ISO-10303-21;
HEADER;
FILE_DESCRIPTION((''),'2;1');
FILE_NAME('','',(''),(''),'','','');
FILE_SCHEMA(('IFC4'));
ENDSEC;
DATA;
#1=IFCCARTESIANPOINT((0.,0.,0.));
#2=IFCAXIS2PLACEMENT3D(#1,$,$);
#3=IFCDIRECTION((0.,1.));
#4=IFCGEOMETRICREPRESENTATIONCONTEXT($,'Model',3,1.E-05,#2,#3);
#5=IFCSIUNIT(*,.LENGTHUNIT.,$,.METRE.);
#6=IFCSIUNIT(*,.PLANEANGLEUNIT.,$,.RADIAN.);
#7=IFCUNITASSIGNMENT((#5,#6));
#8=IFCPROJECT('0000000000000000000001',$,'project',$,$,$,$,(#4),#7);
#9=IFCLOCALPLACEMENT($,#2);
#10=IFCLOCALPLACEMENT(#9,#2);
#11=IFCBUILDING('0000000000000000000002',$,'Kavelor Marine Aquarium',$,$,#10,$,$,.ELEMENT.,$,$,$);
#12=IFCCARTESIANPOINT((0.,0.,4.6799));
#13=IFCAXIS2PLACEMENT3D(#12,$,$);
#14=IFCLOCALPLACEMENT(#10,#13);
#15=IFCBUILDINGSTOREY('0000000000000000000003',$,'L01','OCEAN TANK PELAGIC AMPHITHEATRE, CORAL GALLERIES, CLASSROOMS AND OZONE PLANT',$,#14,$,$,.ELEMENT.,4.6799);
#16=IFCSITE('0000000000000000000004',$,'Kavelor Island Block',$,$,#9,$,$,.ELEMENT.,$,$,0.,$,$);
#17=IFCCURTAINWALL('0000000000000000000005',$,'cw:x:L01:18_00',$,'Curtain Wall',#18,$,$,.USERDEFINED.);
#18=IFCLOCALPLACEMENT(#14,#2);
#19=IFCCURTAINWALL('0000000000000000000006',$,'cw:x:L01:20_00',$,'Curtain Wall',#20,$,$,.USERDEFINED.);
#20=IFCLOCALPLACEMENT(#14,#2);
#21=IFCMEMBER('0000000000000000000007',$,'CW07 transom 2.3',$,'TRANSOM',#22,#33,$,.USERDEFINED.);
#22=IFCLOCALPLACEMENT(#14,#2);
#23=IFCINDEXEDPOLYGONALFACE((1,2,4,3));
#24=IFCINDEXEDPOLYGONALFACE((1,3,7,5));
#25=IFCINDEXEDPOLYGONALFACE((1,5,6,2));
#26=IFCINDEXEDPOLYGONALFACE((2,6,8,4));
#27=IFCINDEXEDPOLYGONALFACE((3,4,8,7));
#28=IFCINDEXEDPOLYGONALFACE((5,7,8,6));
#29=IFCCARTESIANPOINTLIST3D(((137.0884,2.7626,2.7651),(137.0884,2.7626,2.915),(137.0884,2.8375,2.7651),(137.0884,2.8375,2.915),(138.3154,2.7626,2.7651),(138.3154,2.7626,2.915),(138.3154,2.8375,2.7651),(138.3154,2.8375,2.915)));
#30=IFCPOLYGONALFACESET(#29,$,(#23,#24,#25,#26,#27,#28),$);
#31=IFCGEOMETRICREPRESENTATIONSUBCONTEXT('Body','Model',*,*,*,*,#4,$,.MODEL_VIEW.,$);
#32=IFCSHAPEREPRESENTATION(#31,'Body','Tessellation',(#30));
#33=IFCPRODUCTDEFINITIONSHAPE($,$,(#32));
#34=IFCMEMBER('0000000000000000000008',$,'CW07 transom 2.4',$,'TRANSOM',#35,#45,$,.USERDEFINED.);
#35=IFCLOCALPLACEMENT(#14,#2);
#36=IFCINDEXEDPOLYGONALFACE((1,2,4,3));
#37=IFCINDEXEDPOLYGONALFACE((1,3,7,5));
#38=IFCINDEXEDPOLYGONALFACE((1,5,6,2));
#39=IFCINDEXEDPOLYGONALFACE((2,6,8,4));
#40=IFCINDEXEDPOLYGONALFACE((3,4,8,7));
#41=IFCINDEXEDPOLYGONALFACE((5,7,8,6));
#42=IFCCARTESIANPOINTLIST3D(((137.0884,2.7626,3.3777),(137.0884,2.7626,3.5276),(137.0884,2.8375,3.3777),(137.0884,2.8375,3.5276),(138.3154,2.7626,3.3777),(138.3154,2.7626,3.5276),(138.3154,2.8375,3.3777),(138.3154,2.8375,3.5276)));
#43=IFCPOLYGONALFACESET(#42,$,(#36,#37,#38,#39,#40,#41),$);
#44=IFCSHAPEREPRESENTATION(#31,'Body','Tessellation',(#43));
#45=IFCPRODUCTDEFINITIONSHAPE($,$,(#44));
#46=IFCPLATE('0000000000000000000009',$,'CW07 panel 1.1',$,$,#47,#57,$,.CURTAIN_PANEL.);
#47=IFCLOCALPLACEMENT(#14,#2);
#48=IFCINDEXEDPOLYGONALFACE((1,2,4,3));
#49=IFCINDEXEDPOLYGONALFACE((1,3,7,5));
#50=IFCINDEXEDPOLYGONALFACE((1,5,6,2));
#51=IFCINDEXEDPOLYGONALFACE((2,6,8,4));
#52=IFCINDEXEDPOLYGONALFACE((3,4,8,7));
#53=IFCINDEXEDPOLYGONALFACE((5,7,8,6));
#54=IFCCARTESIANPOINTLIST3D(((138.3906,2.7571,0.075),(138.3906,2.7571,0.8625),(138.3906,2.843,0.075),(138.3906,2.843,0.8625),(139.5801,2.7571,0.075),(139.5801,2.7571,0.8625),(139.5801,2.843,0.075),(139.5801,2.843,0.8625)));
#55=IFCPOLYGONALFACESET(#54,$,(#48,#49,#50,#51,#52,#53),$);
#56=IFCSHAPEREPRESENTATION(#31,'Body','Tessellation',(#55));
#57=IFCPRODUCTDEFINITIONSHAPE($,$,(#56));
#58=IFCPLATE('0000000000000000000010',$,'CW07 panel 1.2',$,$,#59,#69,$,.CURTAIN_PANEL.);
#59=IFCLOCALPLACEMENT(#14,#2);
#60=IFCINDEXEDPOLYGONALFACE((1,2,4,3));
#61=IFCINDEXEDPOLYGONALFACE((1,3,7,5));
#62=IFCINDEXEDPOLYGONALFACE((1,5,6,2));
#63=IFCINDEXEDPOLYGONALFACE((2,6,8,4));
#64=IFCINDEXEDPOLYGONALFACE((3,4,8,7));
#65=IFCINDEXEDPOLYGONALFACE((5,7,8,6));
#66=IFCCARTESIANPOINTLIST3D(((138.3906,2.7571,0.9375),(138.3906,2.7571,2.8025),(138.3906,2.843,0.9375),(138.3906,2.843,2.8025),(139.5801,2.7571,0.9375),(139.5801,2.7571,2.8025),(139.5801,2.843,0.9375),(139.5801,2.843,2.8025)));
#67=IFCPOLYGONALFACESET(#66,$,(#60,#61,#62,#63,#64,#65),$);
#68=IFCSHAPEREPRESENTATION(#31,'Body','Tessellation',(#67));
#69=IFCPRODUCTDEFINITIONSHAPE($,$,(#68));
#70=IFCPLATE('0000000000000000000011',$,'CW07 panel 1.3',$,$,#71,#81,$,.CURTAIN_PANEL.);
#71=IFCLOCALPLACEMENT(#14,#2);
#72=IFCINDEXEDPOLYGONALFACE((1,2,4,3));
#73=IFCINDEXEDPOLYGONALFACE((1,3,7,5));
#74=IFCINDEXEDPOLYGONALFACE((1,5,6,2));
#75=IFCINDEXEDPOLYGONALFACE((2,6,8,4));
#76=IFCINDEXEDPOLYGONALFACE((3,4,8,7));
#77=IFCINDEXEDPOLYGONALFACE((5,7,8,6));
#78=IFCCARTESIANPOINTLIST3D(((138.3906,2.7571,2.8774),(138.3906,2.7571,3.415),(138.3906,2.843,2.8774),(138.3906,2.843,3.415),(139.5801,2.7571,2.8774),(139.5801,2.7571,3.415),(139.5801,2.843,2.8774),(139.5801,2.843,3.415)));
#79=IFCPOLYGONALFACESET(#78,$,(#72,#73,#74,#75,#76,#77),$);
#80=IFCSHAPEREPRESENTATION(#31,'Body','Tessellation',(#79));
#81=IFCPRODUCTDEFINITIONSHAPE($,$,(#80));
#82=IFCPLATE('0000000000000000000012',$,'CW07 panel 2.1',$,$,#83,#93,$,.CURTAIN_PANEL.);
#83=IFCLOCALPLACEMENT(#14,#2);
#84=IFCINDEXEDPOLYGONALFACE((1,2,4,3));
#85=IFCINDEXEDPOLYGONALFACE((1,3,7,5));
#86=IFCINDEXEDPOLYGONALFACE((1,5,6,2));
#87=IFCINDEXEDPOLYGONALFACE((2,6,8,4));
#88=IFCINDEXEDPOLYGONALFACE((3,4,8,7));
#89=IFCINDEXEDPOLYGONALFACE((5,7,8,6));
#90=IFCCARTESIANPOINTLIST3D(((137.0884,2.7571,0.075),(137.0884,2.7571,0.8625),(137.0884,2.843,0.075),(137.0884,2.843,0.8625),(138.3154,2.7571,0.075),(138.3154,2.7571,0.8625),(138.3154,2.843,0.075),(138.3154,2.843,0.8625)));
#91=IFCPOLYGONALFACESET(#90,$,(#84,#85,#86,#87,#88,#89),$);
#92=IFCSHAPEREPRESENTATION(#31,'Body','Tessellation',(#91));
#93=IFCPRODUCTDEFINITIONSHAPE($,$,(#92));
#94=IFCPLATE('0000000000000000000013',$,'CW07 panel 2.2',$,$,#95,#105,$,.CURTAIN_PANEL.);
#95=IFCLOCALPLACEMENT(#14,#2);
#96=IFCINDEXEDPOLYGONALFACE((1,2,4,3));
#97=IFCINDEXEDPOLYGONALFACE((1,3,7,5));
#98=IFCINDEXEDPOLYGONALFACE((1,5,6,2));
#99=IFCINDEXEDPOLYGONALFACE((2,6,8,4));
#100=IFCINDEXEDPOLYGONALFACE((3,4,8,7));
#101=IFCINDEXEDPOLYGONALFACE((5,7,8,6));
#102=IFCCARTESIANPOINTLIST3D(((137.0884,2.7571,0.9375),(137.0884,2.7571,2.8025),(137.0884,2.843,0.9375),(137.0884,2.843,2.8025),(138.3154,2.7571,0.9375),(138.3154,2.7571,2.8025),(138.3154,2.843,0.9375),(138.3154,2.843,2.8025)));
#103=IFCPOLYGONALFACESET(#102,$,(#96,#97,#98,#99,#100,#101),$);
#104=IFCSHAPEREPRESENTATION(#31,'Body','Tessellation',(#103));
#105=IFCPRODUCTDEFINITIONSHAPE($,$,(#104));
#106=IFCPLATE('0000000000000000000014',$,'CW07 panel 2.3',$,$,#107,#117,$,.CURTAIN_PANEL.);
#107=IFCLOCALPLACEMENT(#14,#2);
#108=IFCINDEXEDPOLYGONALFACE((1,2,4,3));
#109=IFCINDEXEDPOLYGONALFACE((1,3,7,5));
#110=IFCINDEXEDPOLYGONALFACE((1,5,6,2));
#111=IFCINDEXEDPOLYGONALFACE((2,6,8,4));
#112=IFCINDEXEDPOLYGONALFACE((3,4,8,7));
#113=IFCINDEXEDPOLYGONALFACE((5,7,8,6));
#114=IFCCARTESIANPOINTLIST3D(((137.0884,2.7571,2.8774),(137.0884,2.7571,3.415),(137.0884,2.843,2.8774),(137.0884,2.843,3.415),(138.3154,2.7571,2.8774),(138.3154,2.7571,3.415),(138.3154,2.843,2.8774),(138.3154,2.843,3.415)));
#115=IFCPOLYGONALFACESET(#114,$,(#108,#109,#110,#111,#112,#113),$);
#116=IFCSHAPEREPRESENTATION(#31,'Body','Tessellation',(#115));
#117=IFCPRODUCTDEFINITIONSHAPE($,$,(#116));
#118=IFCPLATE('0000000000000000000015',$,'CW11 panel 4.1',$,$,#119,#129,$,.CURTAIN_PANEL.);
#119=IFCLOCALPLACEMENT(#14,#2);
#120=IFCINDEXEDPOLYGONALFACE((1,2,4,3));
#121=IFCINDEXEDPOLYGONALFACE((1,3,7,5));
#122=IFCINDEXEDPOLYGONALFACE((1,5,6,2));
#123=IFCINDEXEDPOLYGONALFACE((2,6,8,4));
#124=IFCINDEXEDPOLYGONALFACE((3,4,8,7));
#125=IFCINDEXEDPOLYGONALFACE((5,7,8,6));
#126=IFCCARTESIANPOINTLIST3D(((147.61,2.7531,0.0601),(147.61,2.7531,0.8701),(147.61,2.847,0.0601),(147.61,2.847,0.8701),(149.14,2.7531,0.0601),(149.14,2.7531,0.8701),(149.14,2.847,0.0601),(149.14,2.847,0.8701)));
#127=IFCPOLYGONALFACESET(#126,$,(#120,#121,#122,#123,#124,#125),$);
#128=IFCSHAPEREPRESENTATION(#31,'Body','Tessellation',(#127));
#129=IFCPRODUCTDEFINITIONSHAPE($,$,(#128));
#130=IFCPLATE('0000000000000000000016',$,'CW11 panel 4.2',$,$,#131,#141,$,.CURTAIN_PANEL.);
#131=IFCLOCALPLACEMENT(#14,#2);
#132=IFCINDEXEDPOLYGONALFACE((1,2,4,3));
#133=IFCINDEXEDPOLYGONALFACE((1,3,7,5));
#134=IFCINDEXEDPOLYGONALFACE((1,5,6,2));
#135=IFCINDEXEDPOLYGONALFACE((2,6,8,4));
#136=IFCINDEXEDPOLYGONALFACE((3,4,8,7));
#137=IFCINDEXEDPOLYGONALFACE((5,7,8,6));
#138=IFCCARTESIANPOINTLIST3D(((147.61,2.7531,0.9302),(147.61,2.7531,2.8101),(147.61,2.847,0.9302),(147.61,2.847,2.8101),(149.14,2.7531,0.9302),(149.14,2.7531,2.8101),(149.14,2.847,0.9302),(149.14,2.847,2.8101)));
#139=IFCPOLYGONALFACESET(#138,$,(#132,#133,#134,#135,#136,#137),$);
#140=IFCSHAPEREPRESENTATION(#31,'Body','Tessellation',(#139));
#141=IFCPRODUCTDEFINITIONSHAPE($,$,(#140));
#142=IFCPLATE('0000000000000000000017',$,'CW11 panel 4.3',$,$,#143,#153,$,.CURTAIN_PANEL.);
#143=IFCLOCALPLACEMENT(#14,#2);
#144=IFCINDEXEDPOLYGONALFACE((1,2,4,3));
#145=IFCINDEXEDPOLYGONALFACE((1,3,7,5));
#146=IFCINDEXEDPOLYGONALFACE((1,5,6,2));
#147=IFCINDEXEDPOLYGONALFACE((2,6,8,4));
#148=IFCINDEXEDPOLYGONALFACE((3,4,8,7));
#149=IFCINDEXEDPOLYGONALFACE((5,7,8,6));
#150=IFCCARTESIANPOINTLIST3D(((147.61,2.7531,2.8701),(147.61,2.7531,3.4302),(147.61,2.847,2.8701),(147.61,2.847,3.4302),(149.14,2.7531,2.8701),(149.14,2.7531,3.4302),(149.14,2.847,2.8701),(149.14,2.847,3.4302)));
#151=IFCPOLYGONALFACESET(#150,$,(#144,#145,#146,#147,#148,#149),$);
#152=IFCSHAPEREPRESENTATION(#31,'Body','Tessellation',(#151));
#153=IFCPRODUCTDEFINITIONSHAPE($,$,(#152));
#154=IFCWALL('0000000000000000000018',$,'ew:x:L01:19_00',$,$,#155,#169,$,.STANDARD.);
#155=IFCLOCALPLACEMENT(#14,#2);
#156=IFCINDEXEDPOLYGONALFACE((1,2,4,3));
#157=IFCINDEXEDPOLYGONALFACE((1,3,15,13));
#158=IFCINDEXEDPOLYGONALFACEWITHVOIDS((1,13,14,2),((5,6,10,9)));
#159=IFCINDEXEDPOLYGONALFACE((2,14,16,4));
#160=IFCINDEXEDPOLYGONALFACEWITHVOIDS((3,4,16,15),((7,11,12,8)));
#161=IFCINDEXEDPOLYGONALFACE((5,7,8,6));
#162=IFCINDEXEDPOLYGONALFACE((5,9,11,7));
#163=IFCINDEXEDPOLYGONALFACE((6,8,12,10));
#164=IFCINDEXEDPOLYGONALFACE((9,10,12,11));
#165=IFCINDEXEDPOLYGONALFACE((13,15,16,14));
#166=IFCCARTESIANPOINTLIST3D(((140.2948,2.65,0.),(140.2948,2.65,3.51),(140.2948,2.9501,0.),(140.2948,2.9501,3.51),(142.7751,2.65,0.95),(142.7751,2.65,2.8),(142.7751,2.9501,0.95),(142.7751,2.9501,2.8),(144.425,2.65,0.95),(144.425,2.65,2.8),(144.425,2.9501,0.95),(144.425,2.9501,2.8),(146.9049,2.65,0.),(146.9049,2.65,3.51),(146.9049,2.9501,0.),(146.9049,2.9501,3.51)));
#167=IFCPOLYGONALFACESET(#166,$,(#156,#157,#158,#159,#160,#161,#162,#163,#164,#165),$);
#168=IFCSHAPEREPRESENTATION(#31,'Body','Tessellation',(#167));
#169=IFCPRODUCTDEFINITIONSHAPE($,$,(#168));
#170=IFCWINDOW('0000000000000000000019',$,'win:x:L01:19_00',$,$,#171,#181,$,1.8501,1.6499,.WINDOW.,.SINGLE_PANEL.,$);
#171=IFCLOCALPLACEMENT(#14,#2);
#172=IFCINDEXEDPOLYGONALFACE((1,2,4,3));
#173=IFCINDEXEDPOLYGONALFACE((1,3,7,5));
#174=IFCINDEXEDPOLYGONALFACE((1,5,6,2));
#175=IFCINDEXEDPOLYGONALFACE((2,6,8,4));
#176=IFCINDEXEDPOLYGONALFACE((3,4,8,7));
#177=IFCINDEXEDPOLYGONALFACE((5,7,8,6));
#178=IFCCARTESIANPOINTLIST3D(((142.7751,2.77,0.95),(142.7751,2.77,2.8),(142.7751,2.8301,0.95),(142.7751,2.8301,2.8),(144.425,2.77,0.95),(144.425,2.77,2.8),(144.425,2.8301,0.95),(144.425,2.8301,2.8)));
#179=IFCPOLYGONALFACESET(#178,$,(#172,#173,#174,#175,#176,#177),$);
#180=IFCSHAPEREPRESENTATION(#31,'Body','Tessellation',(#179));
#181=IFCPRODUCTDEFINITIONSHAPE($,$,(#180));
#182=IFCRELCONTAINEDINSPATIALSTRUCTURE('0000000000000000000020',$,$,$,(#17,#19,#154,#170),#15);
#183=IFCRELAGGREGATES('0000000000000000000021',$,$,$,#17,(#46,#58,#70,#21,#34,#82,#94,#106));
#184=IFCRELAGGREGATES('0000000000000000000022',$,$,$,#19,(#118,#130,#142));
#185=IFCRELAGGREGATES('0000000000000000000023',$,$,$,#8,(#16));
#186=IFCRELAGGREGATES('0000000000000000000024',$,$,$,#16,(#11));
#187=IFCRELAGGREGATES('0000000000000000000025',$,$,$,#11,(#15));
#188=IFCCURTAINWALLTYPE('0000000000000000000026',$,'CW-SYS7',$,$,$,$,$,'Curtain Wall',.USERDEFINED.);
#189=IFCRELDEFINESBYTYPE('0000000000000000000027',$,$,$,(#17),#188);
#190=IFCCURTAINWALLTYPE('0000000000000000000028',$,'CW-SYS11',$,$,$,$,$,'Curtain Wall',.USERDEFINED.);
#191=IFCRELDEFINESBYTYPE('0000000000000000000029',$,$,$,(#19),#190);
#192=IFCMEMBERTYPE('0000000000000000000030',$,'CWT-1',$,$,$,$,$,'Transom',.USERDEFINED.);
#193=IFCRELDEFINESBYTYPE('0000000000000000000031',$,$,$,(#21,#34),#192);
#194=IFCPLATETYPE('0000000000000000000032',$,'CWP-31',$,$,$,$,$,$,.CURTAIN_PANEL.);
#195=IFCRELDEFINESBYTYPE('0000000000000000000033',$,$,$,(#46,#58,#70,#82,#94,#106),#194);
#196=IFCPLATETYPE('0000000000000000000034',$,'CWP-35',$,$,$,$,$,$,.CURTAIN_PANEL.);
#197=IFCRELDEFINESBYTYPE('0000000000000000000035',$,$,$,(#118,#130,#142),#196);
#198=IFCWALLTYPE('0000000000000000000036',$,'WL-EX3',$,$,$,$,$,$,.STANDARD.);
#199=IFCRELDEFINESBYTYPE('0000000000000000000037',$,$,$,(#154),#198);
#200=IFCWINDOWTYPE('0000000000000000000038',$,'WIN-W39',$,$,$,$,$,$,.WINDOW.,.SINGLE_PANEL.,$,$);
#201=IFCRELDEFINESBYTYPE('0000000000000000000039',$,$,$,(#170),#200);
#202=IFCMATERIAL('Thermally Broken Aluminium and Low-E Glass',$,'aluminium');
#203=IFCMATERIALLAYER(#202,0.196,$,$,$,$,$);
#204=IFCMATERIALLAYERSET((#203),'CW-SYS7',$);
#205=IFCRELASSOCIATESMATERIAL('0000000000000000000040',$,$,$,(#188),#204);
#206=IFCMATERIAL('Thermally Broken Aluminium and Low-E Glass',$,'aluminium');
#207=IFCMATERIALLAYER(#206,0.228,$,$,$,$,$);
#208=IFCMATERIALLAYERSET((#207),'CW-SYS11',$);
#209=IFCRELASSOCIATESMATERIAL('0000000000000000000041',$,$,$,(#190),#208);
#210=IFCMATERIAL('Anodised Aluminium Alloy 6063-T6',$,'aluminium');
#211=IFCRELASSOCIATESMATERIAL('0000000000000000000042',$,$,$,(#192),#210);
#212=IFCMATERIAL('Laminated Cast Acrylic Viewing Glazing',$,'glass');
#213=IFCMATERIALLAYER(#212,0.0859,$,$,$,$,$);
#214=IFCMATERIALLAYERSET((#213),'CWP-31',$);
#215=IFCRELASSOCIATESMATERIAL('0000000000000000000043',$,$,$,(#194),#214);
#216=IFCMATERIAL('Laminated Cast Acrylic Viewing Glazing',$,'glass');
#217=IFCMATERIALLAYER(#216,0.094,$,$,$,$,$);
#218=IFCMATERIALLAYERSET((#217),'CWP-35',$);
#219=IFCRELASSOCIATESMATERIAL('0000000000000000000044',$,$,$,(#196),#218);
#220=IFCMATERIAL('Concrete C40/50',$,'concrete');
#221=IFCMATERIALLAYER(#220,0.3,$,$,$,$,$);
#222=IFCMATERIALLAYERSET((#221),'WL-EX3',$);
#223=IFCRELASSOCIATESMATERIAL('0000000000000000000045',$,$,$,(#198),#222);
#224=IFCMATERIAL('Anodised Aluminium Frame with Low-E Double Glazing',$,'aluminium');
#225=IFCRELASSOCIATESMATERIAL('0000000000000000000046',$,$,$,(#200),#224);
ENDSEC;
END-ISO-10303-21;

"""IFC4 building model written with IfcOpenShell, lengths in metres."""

from ifc_helpers import new_model, si_unit, direction, frame, frame_2d, origin, origin_2d, place, context, subcontext, project, spatial, rectangle, extrude, material, layer, layer_set, material_profile, profile_set, type_object, element, fill, aggregate, save


model = new_model("IFC4")

# Units and contexts
model_context = context("Model", 3, precision=1e-05, world=origin(), true_north=direction((0.0, 1.0)))
body_context = subcontext(model_context, "Body", "Model", "MODEL_VIEW")
ifc_project = project(units=[si_unit("LENGTHUNIT", "METRE"), si_unit("PLANEANGLEUNIT", "RADIAN")], contexts=[model_context])

# Site, building, storey
site_placement = place(None, origin())
site = spatial("IfcSite", under=ifc_project, at=site_placement, Name="Kavelor Island Block", CompositionType="ELEMENT", RefElevation=0.0)
building_placement = place(site_placement, origin())
building = spatial("IfcBuilding", under=site, at=building_placement, Name="Kavelor Marine Aquarium", CompositionType="ELEMENT")
storey_placement = place(building_placement, frame((0.0, 0.0, 4.6799)))
storey = spatial("IfcBuildingStorey", under=building, at=storey_placement, Name="L01", Description="OCEAN TANK PELAGIC AMPHITHEATRE, CORAL GALLERIES, CLASSROOMS AND OZONE PLANT", CompositionType="ELEMENT", Elevation=4.6799)

# Curtain wall
ifc_material_1 = material(Name="Thermally Broken Aluminium and Low-E Glass", Category="aluminium")
ifc_layer_1 = layer(ifc_material_1, 0.196)
ifc_layer_set_1 = layer_set([ifc_layer_1], Name="CW-SYS7")
curtain_wall_type_1 = type_object("IfcCurtainWallType", Name="CW-SYS7", ElementType="Curtain Wall", PredefinedType="USERDEFINED", material=ifc_layer_set_1)
curtain_wall_1_placement = place(storey_placement, origin())
curtain_wall_1 = element("IfcCurtainWall", 1, at=curtain_wall_1_placement, inside=storey, type_object=curtain_wall_type_1, Name="cw:x:L01:18_00", ObjectType="Curtain Wall", PredefinedType="USERDEFINED")

# Curtain wall
ifc_material_2 = material(Name="Thermally Broken Aluminium and Low-E Glass", Category="aluminium")
ifc_layer_2 = layer(ifc_material_2, 0.228)
ifc_layer_set_2 = layer_set([ifc_layer_2], Name="CW-SYS11")
curtain_wall_type_2 = type_object("IfcCurtainWallType", Name="CW-SYS11", ElementType="Curtain Wall", PredefinedType="USERDEFINED", material=ifc_layer_set_2)
curtain_wall_2_placement = place(storey_placement, origin())
curtain_wall_2 = element("IfcCurtainWall", 2, at=curtain_wall_2_placement, inside=storey, type_object=curtain_wall_type_2, Name="cw:x:L01:20_00", ObjectType="Curtain Wall", PredefinedType="USERDEFINED")

# Members
ifc_material_3 = material(Name="Anodised Aluminium Alloy 6063-T6", Category="aluminium")
ifc_material_profile_1 = material_profile(ifc_material_3, rectangle(XDim=0.075, YDim=0.1499, at=origin_2d()), Name="CW-TRN 75x150")
ifc_profile_set_1 = profile_set([ifc_material_profile_1], Name="Anodised Aluminium Alloy 6063-T6")
member_type_1 = type_object("IfcMemberType", Name="CWT-1", ElementType="Transom", PredefinedType="USERDEFINED", material=ifc_profile_set_1)
member_1_placement = place(storey_placement, frame((138.3154, 2.8, 2.8401), z_axis=(-1.0, 0.0, 0.0), x_axis=(0.0, -1.0, 0.0)))
member_1 = element("IfcMember", 3, at=member_1_placement, type_object=member_type_1, Name="CW07 transom 2.3", ObjectType="TRANSOM", PredefinedType="USERDEFINED", context=body_context, shape_type="SweptSolid", body=[
    extrude(rectangle(XDim=0.075, YDim=0.1499, at=origin_2d()), origin(), (0.0, 0.0, 1.0), 1.2271),
])
member_2_placement = place(storey_placement, frame((138.3154, 2.8, 3.4526), z_axis=(-1.0, 0.0, 0.0), x_axis=(0.0, -1.0, 0.0)))
member_2 = element("IfcMember", 4, at=member_2_placement, type_object=member_type_1, Name="CW07 transom 2.4", ObjectType="TRANSOM", PredefinedType="USERDEFINED", context=body_context, shape_type="SweptSolid", body=[
    extrude(rectangle(XDim=0.075, YDim=0.1499, at=origin_2d()), origin(), (0.0, 0.0, 1.0), 1.2271),
])

# Plates
ifc_material_4 = material(Name="Laminated Cast Acrylic Viewing Glazing", Category="glass")
ifc_layer_3 = layer(ifc_material_4, 0.0859)
ifc_layer_set_3 = layer_set([ifc_layer_3], Name="CWP-31")
plate_type_1 = type_object("IfcPlateType", Name="CWP-31", PredefinedType="CURTAIN_PANEL", material=ifc_layer_set_3)
plate_1_placement = place(storey_placement, frame((138.9854, 2.8, 0.075), z_axis=(0.0, 0.0, 1.0), x_axis=(-1.0, 0.0, 0.0)))
plate_1 = element("IfcPlate", 5, at=plate_1_placement, type_object=plate_type_1, Name="CW07 panel 1.1", PredefinedType="CURTAIN_PANEL", context=body_context, shape_type="SweptSolid", body=[
    extrude(rectangle(XDim=1.1895, YDim=0.0859, at=origin_2d()), origin(), (0.0, 0.0, 1.0), 0.7876),
])
plate_2_placement = place(storey_placement, frame((138.9854, 2.8, 0.9375), z_axis=(0.0, 0.0, 1.0), x_axis=(-1.0, 0.0, 0.0)))
plate_2 = element("IfcPlate", 6, at=plate_2_placement, type_object=plate_type_1, Name="CW07 panel 1.2", PredefinedType="CURTAIN_PANEL", context=body_context, shape_type="SweptSolid", body=[
    extrude(rectangle(XDim=1.1895, YDim=0.0859, at=origin_2d()), origin(), (0.0, 0.0, 1.0), 1.865),
])
plate_3_placement = place(storey_placement, frame((138.9854, 2.8, 2.8774), z_axis=(0.0, 0.0, 1.0), x_axis=(-1.0, 0.0, 0.0)))
plate_3 = element("IfcPlate", 7, at=plate_3_placement, type_object=plate_type_1, Name="CW07 panel 1.3", PredefinedType="CURTAIN_PANEL", context=body_context, shape_type="SweptSolid", body=[
    extrude(rectangle(XDim=1.1895, YDim=0.0859, at=origin_2d()), origin(), (0.0, 0.0, 1.0), 0.5376),
])
plate_4_placement = place(storey_placement, frame((137.7019, 2.8, 0.075), z_axis=(0.0, 0.0, 1.0), x_axis=(-1.0, 0.0, 0.0)))
plate_4 = element("IfcPlate", 8, at=plate_4_placement, type_object=plate_type_1, Name="CW07 panel 2.1", PredefinedType="CURTAIN_PANEL", context=body_context, shape_type="SweptSolid", body=[
    extrude(rectangle(XDim=1.2271, YDim=0.0859, at=origin_2d()), origin(), (0.0, 0.0, 1.0), 0.7876),
])
plate_5_placement = place(storey_placement, frame((137.7019, 2.8, 0.9375), z_axis=(0.0, 0.0, 1.0), x_axis=(-1.0, 0.0, 0.0)))
plate_5 = element("IfcPlate", 9, at=plate_5_placement, type_object=plate_type_1, Name="CW07 panel 2.2", PredefinedType="CURTAIN_PANEL", context=body_context, shape_type="SweptSolid", body=[
    extrude(rectangle(XDim=1.2271, YDim=0.0859, at=origin_2d()), origin(), (0.0, 0.0, 1.0), 1.865),
])
plate_6_placement = place(storey_placement, frame((137.7019, 2.8, 2.8774), z_axis=(0.0, 0.0, 1.0), x_axis=(-1.0, 0.0, 0.0)))
plate_6 = element("IfcPlate", 10, at=plate_6_placement, type_object=plate_type_1, Name="CW07 panel 2.3", PredefinedType="CURTAIN_PANEL", context=body_context, shape_type="SweptSolid", body=[
    extrude(rectangle(XDim=1.2271, YDim=0.0859, at=origin_2d()), origin(), (0.0, 0.0, 1.0), 0.5376),
])
aggregate(curtain_wall_1, [plate_1, plate_2, plate_3, member_1, member_2, plate_4, plate_5, plate_6])
ifc_material_5 = material(Name="Laminated Cast Acrylic Viewing Glazing", Category="glass")
ifc_layer_4 = layer(ifc_material_5, 0.094)
ifc_layer_set_4 = layer_set([ifc_layer_4], Name="CWP-35")
plate_type_2 = type_object("IfcPlateType", Name="CWP-35", PredefinedType="CURTAIN_PANEL", material=ifc_layer_set_4)
plate_7_placement = place(storey_placement, frame((148.375, 2.8, 0.0601), z_axis=(0.0, 0.0, 1.0), x_axis=(-1.0, 0.0, 0.0)))
plate_7 = element("IfcPlate", 11, at=plate_7_placement, type_object=plate_type_2, Name="CW11 panel 4.1", PredefinedType="CURTAIN_PANEL", context=body_context, shape_type="SweptSolid", body=[
    extrude(rectangle(XDim=1.53, YDim=0.094, at=origin_2d()), origin(), (0.0, 0.0, 1.0), 0.8101),
])
plate_8_placement = place(storey_placement, frame((148.375, 2.8, 0.9302), z_axis=(0.0, 0.0, 1.0), x_axis=(-1.0, 0.0, 0.0)))
plate_8 = element("IfcPlate", 12, at=plate_8_placement, type_object=plate_type_2, Name="CW11 panel 4.2", PredefinedType="CURTAIN_PANEL", context=body_context, shape_type="SweptSolid", body=[
    extrude(rectangle(XDim=1.53, YDim=0.094, at=origin_2d()), origin(), (0.0, 0.0, 1.0), 1.8799),
])
plate_9_placement = place(storey_placement, frame((148.375, 2.8, 2.8701), z_axis=(0.0, 0.0, 1.0), x_axis=(-1.0, 0.0, 0.0)))
plate_9 = element("IfcPlate", 13, at=plate_9_placement, type_object=plate_type_2, Name="CW11 panel 4.3", PredefinedType="CURTAIN_PANEL", context=body_context, shape_type="SweptSolid", body=[
    extrude(rectangle(XDim=1.53, YDim=0.094, at=origin_2d()), origin(), (0.0, 0.0, 1.0), 0.5601),
])
aggregate(curtain_wall_2, [plate_7, plate_8, plate_9])

# Wall, opening, window
ifc_material_6 = material(Name="Concrete C40/50", Category="concrete")
ifc_layer_5 = layer(ifc_material_6, 0.3)
ifc_layer_set_5 = layer_set([ifc_layer_5], Name="WL-EX3")
wall_type = type_object("IfcWallType", Name="WL-EX3", PredefinedType="STANDARD", material=ifc_layer_set_5)
wall_placement = place(storey_placement, frame((146.905, 2.8, 0.0), z_axis=(0.0, 0.0, 1.0), x_axis=(-1.0, 0.0, 0.0)))
wall = element("IfcWall", 14, at=wall_placement, inside=storey, type_object=wall_type, Name="ew:x:L01:19_00", PredefinedType="STANDARD", context=body_context, shape_type="SweptSolid", body=[
    extrude(rectangle(XDim=6.6101, YDim=0.3, at=frame_2d((3.3052, 0.0))), origin(), (0.0, 0.0, 1.0), 3.51),
])
opening_placement = place(wall_placement, frame((2.48, 0.0, 0.95)))
opening = element("IfcOpeningElement", 15, at=opening_placement, cuts=wall, PredefinedType="OPENING", context=body_context, shape_type="SweptSolid", body=[
    extrude(rectangle(XDim=1.6499, YDim=1.8501, at=frame_2d((0.825, 0.925))), frame((0.0, 0.1599, 0.0), z_axis=(0.0, -1.0, 0.0), x_axis=(1.0, 0.0, 0.0)), (0.0, 0.0, 1.0), 0.32),
])
ifc_material_7 = material(Name="Anodised Aluminium Frame with Low-E Double Glazing", Category="aluminium")
window_type = type_object("IfcWindowType", Name="WIN-W39", PartitioningType="SINGLE_PANEL", PredefinedType="WINDOW", material=ifc_material_7)
window_placement = place(opening_placement, origin())
window = element("IfcWindow", 16, at=window_placement, inside=storey, type_object=window_type, Name="win:x:L01:19_00", OverallHeight=1.8501, OverallWidth=1.6499, PartitioningType="SINGLE_PANEL", PredefinedType="WINDOW", context=body_context, shape_type="SweptSolid", body=[
    extrude(rectangle(XDim=1.6499, YDim=1.8501, at=frame_2d((0.825, 0.925))), frame((0.0, 0.03, 0.0), z_axis=(0.0, -1.0, 0.0), x_axis=(1.0, 0.0, 0.0)), (0.0, 0.0, 1.0), 0.0601),
])
fill(opening, window)

save(model, "model.ifc")
